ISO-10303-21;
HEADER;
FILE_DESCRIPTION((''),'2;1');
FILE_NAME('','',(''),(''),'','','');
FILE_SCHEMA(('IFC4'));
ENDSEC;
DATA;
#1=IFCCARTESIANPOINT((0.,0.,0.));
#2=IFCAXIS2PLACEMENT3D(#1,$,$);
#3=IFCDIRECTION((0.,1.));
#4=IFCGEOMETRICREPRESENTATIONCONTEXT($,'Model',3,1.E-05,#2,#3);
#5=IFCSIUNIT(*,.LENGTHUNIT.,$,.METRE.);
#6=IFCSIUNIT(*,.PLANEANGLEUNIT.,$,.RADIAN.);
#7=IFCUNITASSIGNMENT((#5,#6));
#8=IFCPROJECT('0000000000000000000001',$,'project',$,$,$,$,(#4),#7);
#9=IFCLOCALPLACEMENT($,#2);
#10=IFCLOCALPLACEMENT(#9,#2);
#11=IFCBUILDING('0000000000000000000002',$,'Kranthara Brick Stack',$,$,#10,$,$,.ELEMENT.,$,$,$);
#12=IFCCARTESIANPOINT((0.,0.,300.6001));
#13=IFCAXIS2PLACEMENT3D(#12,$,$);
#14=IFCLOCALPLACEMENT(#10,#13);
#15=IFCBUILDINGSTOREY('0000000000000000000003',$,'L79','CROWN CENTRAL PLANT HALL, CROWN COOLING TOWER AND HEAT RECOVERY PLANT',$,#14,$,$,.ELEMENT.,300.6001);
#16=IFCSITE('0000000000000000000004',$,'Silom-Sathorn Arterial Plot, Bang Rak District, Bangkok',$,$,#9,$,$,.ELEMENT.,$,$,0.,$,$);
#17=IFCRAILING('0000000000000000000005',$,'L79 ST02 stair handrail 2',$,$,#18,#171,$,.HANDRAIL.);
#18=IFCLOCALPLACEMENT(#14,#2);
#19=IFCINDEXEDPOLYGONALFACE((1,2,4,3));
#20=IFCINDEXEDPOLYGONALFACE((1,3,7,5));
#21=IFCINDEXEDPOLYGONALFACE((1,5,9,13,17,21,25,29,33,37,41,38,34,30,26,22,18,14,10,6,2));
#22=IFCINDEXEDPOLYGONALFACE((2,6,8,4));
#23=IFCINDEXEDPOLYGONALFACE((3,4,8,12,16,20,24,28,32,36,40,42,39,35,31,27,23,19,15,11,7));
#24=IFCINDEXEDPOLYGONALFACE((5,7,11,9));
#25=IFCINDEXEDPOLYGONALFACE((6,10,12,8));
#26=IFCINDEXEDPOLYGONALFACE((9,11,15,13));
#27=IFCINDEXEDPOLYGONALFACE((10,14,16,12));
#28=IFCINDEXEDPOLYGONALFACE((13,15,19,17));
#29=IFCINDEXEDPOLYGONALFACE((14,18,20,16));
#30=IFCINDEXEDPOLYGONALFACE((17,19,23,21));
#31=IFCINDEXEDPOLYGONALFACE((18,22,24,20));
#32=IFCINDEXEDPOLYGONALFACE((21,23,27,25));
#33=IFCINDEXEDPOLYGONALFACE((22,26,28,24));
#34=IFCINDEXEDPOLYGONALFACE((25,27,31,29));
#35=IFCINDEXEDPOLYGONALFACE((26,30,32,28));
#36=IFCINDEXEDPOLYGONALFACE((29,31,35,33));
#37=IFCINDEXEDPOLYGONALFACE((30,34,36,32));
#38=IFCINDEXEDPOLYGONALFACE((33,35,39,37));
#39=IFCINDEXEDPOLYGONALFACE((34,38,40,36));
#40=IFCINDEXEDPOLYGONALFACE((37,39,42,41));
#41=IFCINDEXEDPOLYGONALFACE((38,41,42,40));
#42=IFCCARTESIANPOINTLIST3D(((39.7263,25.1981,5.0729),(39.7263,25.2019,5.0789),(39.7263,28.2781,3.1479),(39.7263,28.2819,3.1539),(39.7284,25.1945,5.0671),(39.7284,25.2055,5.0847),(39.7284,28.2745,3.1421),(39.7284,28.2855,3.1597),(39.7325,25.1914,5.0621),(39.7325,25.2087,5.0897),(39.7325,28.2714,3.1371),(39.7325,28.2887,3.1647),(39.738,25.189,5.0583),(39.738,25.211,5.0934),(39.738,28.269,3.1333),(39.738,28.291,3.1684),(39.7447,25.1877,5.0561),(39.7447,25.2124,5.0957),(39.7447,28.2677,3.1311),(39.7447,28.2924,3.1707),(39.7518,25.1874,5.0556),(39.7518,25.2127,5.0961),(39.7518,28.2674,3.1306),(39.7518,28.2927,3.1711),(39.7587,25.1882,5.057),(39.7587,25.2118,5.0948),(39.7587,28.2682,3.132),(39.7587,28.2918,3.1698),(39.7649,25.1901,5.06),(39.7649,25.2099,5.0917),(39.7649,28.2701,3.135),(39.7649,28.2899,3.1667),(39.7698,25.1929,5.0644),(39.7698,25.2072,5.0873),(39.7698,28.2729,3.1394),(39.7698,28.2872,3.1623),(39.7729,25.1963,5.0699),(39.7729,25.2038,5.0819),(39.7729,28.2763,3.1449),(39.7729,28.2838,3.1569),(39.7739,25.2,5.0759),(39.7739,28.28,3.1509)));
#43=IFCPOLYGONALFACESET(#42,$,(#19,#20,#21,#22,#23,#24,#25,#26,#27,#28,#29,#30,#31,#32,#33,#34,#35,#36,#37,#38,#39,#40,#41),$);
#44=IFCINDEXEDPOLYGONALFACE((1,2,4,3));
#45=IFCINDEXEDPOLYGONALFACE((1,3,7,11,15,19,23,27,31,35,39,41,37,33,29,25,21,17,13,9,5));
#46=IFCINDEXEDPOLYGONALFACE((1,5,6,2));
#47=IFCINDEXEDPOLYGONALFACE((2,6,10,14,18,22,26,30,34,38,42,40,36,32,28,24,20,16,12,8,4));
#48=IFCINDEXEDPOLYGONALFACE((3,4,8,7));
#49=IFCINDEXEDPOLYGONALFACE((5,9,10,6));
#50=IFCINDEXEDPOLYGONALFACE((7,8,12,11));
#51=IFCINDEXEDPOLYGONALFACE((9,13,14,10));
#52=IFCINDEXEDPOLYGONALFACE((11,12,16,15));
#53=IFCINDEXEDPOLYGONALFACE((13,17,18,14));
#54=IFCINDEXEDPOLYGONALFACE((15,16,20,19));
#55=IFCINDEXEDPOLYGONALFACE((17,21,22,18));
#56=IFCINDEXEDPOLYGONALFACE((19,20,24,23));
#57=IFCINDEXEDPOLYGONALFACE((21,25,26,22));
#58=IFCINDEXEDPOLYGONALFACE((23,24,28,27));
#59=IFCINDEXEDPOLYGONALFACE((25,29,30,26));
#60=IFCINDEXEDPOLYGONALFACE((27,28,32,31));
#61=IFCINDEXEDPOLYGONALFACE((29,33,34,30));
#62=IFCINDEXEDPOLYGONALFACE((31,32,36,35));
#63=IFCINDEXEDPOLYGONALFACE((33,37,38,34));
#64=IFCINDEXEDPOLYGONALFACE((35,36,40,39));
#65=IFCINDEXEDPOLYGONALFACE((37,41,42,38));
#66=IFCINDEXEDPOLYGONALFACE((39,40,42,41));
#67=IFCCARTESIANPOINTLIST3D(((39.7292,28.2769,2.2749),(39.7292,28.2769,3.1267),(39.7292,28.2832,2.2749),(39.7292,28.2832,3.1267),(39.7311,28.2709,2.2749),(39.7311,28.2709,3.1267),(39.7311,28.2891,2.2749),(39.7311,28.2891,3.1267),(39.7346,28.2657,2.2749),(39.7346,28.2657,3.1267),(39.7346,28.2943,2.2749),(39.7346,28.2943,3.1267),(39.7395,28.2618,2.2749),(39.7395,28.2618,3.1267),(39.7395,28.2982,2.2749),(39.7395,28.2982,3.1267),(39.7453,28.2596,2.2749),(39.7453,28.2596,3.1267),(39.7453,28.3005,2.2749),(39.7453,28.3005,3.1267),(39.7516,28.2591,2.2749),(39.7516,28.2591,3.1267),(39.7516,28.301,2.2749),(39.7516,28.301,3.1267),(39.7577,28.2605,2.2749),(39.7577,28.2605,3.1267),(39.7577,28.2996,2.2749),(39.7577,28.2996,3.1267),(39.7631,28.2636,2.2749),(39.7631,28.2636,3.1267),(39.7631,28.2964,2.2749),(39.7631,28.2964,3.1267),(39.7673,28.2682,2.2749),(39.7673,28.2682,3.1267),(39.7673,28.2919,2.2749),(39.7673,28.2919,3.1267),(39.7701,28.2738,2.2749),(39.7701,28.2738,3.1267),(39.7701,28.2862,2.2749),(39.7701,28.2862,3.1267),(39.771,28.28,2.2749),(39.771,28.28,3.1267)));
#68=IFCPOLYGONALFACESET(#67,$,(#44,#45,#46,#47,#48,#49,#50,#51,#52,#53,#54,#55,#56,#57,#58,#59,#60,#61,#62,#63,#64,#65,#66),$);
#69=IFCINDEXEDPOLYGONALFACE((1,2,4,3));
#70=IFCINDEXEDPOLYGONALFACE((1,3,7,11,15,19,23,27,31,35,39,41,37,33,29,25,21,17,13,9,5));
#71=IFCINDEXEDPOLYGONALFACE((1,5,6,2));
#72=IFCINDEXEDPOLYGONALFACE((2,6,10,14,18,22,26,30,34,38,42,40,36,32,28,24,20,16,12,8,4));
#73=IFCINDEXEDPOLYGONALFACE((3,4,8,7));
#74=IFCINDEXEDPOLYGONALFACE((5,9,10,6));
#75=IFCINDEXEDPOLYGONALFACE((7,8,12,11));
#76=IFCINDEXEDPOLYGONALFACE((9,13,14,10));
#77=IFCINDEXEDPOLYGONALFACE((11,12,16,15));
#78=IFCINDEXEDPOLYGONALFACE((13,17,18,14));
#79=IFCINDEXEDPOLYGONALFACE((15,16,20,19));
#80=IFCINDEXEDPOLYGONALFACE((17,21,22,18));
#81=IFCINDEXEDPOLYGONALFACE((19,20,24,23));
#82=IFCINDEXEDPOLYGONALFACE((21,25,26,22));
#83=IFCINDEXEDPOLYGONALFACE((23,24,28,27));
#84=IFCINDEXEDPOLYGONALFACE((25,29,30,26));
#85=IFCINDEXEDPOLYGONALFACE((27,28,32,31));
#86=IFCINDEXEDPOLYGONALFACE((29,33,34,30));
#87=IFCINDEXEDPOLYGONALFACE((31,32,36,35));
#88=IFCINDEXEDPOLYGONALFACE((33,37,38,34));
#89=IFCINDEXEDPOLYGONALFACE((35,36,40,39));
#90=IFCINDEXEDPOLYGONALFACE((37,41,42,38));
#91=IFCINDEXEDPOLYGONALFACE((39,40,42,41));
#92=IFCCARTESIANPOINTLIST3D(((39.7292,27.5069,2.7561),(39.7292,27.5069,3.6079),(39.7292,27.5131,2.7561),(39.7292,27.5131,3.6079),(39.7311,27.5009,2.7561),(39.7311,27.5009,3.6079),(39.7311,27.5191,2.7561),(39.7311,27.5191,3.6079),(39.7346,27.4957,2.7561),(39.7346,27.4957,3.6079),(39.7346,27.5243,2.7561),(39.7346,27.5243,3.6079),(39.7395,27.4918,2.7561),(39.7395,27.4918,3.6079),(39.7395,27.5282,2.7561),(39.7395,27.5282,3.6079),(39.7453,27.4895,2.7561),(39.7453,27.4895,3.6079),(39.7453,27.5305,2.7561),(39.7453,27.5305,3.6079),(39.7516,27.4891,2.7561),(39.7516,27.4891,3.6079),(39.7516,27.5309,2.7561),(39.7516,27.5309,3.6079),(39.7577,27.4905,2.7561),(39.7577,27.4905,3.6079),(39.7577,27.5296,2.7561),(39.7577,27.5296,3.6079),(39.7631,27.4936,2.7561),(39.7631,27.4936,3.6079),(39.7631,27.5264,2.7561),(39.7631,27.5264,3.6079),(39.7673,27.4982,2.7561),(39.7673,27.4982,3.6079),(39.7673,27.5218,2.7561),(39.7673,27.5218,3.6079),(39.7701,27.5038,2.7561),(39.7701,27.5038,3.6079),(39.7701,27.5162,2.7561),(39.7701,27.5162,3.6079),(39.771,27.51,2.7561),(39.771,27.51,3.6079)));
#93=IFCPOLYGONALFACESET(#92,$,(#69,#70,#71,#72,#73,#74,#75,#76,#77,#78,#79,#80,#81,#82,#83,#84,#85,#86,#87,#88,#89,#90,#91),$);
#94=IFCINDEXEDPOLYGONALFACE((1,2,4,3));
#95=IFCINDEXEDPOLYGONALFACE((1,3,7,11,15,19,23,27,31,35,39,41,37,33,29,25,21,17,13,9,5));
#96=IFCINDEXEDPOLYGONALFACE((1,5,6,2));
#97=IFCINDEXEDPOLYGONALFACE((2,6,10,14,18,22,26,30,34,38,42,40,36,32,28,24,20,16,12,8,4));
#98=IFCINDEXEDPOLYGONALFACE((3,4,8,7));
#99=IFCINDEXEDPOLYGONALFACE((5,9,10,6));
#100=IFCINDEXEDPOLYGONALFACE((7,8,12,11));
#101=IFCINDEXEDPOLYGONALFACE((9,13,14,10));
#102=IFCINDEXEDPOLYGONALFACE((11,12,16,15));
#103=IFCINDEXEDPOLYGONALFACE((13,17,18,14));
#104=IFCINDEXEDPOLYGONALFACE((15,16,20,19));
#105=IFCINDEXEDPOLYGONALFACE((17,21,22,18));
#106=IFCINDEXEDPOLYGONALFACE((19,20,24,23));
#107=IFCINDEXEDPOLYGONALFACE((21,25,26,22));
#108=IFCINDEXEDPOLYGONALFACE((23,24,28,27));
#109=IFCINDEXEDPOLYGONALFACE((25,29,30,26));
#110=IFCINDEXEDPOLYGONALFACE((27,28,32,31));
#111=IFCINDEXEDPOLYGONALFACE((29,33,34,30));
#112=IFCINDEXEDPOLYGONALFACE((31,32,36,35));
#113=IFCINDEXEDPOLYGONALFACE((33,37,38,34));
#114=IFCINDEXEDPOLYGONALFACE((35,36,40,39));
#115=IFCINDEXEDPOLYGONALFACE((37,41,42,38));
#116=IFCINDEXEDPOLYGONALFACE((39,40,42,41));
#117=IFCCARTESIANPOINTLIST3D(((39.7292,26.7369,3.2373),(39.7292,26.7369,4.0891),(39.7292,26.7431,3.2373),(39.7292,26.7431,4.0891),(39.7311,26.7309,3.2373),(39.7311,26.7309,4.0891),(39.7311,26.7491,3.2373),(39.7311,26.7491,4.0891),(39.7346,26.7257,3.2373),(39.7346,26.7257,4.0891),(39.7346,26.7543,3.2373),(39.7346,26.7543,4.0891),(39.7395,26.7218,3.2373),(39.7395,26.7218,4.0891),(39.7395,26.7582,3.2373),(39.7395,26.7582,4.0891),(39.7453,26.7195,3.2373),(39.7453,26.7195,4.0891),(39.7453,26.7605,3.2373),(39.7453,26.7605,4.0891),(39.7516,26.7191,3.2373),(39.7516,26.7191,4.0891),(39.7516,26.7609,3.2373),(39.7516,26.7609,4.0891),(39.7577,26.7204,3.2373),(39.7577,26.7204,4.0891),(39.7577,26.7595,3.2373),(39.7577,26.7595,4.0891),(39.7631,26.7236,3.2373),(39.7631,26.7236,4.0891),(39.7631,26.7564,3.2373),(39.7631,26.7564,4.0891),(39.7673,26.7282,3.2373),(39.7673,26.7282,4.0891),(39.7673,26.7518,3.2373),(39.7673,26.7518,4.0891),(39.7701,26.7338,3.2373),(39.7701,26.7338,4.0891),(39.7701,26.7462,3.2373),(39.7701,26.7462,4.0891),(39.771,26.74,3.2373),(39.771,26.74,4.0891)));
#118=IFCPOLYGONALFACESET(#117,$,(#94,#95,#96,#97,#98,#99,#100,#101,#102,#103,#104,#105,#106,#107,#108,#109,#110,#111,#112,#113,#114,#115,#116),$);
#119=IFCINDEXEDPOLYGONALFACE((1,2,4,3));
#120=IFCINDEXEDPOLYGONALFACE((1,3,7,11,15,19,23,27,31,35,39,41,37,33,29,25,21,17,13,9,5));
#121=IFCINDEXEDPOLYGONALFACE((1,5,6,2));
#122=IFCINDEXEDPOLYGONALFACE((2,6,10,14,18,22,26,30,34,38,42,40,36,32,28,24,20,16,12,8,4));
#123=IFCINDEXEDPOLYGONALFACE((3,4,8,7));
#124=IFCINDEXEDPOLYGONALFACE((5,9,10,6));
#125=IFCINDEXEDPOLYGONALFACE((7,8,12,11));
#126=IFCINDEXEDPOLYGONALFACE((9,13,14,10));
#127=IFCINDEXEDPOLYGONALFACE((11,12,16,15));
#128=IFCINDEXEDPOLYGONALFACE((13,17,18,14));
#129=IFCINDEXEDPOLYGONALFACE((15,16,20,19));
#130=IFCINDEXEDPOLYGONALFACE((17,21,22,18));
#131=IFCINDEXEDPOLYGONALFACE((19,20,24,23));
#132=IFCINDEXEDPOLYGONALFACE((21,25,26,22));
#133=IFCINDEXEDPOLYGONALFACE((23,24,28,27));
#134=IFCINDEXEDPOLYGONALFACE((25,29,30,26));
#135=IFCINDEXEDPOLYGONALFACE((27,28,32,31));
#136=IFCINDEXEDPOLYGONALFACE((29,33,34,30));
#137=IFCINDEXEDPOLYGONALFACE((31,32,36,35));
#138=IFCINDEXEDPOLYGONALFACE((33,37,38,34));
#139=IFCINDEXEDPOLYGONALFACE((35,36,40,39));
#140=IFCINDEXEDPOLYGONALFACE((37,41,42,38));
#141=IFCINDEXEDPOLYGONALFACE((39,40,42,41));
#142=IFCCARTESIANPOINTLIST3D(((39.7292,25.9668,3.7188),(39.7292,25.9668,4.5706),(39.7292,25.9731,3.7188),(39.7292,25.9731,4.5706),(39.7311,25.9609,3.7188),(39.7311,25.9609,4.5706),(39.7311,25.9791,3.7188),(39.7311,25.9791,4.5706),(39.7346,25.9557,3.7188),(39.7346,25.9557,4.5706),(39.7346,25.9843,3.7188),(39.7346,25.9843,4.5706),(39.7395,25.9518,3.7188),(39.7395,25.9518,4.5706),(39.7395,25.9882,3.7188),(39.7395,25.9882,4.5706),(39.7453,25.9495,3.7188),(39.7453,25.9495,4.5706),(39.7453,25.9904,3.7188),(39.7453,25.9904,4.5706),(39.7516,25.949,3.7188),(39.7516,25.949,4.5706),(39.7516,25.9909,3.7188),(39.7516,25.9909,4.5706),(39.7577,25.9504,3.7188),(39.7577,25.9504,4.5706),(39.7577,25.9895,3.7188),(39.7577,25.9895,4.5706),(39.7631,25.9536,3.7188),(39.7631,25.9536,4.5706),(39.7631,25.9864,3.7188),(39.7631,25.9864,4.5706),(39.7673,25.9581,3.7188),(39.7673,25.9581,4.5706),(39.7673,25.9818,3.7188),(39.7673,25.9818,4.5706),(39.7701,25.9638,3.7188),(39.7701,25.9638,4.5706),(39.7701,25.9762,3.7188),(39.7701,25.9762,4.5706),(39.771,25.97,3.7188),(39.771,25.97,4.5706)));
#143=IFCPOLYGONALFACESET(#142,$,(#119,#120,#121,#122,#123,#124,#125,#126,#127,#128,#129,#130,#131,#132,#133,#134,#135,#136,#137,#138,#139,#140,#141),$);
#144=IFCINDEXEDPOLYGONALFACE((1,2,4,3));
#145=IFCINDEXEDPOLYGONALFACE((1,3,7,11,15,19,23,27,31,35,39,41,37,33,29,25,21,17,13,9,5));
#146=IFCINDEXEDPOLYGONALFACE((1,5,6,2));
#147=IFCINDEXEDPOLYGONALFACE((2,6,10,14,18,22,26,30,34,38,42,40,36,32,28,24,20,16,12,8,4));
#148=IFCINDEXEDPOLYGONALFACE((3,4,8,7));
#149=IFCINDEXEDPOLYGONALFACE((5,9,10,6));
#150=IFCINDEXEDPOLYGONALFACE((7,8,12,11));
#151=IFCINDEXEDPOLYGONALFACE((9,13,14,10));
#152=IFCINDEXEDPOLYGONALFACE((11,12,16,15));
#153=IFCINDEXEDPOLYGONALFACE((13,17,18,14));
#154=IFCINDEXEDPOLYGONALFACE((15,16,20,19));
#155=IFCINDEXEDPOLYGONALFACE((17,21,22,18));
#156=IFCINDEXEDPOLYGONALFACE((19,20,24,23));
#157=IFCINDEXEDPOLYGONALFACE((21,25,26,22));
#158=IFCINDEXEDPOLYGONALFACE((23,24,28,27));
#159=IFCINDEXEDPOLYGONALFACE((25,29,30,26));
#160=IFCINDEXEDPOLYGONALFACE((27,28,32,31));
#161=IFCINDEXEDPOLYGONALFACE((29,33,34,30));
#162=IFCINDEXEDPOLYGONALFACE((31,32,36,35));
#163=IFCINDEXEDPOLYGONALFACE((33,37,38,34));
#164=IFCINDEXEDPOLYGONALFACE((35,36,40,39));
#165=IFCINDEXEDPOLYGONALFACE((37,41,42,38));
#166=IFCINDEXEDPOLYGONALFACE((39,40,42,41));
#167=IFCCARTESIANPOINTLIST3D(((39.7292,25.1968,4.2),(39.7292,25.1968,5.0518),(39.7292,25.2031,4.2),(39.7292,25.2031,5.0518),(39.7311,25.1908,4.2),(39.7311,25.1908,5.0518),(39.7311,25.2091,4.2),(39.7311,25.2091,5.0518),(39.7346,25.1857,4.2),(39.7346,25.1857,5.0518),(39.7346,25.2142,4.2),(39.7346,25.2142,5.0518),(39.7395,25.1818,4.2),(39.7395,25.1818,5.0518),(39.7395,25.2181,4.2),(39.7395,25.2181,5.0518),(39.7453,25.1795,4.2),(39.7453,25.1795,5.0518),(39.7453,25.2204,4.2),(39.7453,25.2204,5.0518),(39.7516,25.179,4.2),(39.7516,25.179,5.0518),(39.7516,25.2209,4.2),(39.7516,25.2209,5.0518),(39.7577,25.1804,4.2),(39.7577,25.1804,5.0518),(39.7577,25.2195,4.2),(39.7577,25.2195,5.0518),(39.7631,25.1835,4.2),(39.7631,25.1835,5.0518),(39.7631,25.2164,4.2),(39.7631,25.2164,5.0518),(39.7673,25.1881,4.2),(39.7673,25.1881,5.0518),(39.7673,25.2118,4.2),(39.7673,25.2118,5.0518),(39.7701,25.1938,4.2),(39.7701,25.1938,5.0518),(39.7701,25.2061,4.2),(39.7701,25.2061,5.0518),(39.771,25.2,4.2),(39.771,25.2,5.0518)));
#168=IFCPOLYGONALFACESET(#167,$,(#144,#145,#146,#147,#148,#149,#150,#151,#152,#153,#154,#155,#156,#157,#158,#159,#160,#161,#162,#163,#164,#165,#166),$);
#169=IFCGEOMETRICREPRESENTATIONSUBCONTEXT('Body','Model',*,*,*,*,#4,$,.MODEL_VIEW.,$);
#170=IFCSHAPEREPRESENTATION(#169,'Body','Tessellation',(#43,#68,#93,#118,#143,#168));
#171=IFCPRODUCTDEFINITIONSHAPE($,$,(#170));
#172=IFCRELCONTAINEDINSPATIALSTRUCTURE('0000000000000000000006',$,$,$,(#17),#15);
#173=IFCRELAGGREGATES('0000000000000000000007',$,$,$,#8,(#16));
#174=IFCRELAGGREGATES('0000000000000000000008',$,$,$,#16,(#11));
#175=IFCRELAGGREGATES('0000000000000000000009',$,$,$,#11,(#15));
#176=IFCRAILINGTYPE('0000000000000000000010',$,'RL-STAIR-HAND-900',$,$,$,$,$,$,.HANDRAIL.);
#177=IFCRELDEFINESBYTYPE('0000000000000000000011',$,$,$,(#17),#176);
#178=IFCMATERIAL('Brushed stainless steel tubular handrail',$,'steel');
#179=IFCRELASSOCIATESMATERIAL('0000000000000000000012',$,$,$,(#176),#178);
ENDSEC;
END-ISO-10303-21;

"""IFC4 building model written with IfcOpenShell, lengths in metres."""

from ifc_helpers import new_model, si_unit, direction, frame, origin, origin_2d, place, context, subcontext, project, spatial, circle, extrude, material, type_object, element, save


model = new_model("IFC4")

# Units and contexts
model_context = context("Model", 3, precision=1e-05, world=origin(), true_north=direction((0.0, 1.0)))
body_context = subcontext(model_context, "Body", "Model", "MODEL_VIEW")
ifc_project = project(units=[si_unit("LENGTHUNIT", "METRE"), si_unit("PLANEANGLEUNIT", "RADIAN")], contexts=[model_context])

# Site, building, storey
site_placement = place(None, origin())
site = spatial("IfcSite", under=ifc_project, at=site_placement, Name="Silom-Sathorn Arterial Plot, Bang Rak District, Bangkok", CompositionType="ELEMENT", RefElevation=0.0)
building_placement = place(site_placement, origin())
building = spatial("IfcBuilding", under=site, at=building_placement, Name="Kranthara Brick Stack", CompositionType="ELEMENT")
storey_placement = place(building_placement, frame((0.0, 0.0, 300.6001)))
storey = spatial("IfcBuildingStorey", under=building, at=storey_placement, Name="L79", Description="CROWN CENTRAL PLANT HALL, CROWN COOLING TOWER AND HEAT RECOVERY PLANT", CompositionType="ELEMENT", Elevation=300.6001)

# Railing
ifc_material_1 = material(Name="Brushed stainless steel tubular handrail", Category="steel")
railing_type_1 = type_object("IfcRailingType", Name="RL-STAIR-HAND-900", PredefinedType="HANDRAIL", material=ifc_material_1)
railing_1_placement = place(storey_placement, frame((39.75, 28.28, 2.2749)))
element("IfcRailing", 1, at=railing_1_placement, inside=storey, type_object=railing_type_1, Name="L79 ST02 stair handrail 2", PredefinedType="HANDRAIL", context=body_context, shape_type="SweptSolid", body=[
    extrude(circle(Radius=0.0239, at=origin_2d()), frame((0.0, 0.0, 0.876), z_axis=(0.0, -0.847998, 0.529999), x_axis=(1.0, 0.0, 0.0)), (0.0, 0.0, 1.0), 3.6321),
    extrude(circle(Radius=0.021, at=origin_2d()), origin(), (0.0, 0.0, 1.0), 0.8518),
    extrude(circle(Radius=0.021, at=origin_2d()), frame((0.0, -0.77, 0.4812)), (0.0, 0.0, 1.0), 0.8518),
    extrude(circle(Radius=0.021, at=origin_2d()), frame((0.0, -1.54, 0.9624)), (0.0, 0.0, 1.0), 0.8518),
    extrude(circle(Radius=0.021, at=origin_2d()), frame((0.0, -2.3101, 1.4438)), (0.0, 0.0, 1.0), 0.8518),
    extrude(circle(Radius=0.021, at=origin_2d()), frame((0.0, -3.0801, 1.925)), (0.0, 0.0, 1.0), 0.8518),
])

save(model, "model.ifc")
